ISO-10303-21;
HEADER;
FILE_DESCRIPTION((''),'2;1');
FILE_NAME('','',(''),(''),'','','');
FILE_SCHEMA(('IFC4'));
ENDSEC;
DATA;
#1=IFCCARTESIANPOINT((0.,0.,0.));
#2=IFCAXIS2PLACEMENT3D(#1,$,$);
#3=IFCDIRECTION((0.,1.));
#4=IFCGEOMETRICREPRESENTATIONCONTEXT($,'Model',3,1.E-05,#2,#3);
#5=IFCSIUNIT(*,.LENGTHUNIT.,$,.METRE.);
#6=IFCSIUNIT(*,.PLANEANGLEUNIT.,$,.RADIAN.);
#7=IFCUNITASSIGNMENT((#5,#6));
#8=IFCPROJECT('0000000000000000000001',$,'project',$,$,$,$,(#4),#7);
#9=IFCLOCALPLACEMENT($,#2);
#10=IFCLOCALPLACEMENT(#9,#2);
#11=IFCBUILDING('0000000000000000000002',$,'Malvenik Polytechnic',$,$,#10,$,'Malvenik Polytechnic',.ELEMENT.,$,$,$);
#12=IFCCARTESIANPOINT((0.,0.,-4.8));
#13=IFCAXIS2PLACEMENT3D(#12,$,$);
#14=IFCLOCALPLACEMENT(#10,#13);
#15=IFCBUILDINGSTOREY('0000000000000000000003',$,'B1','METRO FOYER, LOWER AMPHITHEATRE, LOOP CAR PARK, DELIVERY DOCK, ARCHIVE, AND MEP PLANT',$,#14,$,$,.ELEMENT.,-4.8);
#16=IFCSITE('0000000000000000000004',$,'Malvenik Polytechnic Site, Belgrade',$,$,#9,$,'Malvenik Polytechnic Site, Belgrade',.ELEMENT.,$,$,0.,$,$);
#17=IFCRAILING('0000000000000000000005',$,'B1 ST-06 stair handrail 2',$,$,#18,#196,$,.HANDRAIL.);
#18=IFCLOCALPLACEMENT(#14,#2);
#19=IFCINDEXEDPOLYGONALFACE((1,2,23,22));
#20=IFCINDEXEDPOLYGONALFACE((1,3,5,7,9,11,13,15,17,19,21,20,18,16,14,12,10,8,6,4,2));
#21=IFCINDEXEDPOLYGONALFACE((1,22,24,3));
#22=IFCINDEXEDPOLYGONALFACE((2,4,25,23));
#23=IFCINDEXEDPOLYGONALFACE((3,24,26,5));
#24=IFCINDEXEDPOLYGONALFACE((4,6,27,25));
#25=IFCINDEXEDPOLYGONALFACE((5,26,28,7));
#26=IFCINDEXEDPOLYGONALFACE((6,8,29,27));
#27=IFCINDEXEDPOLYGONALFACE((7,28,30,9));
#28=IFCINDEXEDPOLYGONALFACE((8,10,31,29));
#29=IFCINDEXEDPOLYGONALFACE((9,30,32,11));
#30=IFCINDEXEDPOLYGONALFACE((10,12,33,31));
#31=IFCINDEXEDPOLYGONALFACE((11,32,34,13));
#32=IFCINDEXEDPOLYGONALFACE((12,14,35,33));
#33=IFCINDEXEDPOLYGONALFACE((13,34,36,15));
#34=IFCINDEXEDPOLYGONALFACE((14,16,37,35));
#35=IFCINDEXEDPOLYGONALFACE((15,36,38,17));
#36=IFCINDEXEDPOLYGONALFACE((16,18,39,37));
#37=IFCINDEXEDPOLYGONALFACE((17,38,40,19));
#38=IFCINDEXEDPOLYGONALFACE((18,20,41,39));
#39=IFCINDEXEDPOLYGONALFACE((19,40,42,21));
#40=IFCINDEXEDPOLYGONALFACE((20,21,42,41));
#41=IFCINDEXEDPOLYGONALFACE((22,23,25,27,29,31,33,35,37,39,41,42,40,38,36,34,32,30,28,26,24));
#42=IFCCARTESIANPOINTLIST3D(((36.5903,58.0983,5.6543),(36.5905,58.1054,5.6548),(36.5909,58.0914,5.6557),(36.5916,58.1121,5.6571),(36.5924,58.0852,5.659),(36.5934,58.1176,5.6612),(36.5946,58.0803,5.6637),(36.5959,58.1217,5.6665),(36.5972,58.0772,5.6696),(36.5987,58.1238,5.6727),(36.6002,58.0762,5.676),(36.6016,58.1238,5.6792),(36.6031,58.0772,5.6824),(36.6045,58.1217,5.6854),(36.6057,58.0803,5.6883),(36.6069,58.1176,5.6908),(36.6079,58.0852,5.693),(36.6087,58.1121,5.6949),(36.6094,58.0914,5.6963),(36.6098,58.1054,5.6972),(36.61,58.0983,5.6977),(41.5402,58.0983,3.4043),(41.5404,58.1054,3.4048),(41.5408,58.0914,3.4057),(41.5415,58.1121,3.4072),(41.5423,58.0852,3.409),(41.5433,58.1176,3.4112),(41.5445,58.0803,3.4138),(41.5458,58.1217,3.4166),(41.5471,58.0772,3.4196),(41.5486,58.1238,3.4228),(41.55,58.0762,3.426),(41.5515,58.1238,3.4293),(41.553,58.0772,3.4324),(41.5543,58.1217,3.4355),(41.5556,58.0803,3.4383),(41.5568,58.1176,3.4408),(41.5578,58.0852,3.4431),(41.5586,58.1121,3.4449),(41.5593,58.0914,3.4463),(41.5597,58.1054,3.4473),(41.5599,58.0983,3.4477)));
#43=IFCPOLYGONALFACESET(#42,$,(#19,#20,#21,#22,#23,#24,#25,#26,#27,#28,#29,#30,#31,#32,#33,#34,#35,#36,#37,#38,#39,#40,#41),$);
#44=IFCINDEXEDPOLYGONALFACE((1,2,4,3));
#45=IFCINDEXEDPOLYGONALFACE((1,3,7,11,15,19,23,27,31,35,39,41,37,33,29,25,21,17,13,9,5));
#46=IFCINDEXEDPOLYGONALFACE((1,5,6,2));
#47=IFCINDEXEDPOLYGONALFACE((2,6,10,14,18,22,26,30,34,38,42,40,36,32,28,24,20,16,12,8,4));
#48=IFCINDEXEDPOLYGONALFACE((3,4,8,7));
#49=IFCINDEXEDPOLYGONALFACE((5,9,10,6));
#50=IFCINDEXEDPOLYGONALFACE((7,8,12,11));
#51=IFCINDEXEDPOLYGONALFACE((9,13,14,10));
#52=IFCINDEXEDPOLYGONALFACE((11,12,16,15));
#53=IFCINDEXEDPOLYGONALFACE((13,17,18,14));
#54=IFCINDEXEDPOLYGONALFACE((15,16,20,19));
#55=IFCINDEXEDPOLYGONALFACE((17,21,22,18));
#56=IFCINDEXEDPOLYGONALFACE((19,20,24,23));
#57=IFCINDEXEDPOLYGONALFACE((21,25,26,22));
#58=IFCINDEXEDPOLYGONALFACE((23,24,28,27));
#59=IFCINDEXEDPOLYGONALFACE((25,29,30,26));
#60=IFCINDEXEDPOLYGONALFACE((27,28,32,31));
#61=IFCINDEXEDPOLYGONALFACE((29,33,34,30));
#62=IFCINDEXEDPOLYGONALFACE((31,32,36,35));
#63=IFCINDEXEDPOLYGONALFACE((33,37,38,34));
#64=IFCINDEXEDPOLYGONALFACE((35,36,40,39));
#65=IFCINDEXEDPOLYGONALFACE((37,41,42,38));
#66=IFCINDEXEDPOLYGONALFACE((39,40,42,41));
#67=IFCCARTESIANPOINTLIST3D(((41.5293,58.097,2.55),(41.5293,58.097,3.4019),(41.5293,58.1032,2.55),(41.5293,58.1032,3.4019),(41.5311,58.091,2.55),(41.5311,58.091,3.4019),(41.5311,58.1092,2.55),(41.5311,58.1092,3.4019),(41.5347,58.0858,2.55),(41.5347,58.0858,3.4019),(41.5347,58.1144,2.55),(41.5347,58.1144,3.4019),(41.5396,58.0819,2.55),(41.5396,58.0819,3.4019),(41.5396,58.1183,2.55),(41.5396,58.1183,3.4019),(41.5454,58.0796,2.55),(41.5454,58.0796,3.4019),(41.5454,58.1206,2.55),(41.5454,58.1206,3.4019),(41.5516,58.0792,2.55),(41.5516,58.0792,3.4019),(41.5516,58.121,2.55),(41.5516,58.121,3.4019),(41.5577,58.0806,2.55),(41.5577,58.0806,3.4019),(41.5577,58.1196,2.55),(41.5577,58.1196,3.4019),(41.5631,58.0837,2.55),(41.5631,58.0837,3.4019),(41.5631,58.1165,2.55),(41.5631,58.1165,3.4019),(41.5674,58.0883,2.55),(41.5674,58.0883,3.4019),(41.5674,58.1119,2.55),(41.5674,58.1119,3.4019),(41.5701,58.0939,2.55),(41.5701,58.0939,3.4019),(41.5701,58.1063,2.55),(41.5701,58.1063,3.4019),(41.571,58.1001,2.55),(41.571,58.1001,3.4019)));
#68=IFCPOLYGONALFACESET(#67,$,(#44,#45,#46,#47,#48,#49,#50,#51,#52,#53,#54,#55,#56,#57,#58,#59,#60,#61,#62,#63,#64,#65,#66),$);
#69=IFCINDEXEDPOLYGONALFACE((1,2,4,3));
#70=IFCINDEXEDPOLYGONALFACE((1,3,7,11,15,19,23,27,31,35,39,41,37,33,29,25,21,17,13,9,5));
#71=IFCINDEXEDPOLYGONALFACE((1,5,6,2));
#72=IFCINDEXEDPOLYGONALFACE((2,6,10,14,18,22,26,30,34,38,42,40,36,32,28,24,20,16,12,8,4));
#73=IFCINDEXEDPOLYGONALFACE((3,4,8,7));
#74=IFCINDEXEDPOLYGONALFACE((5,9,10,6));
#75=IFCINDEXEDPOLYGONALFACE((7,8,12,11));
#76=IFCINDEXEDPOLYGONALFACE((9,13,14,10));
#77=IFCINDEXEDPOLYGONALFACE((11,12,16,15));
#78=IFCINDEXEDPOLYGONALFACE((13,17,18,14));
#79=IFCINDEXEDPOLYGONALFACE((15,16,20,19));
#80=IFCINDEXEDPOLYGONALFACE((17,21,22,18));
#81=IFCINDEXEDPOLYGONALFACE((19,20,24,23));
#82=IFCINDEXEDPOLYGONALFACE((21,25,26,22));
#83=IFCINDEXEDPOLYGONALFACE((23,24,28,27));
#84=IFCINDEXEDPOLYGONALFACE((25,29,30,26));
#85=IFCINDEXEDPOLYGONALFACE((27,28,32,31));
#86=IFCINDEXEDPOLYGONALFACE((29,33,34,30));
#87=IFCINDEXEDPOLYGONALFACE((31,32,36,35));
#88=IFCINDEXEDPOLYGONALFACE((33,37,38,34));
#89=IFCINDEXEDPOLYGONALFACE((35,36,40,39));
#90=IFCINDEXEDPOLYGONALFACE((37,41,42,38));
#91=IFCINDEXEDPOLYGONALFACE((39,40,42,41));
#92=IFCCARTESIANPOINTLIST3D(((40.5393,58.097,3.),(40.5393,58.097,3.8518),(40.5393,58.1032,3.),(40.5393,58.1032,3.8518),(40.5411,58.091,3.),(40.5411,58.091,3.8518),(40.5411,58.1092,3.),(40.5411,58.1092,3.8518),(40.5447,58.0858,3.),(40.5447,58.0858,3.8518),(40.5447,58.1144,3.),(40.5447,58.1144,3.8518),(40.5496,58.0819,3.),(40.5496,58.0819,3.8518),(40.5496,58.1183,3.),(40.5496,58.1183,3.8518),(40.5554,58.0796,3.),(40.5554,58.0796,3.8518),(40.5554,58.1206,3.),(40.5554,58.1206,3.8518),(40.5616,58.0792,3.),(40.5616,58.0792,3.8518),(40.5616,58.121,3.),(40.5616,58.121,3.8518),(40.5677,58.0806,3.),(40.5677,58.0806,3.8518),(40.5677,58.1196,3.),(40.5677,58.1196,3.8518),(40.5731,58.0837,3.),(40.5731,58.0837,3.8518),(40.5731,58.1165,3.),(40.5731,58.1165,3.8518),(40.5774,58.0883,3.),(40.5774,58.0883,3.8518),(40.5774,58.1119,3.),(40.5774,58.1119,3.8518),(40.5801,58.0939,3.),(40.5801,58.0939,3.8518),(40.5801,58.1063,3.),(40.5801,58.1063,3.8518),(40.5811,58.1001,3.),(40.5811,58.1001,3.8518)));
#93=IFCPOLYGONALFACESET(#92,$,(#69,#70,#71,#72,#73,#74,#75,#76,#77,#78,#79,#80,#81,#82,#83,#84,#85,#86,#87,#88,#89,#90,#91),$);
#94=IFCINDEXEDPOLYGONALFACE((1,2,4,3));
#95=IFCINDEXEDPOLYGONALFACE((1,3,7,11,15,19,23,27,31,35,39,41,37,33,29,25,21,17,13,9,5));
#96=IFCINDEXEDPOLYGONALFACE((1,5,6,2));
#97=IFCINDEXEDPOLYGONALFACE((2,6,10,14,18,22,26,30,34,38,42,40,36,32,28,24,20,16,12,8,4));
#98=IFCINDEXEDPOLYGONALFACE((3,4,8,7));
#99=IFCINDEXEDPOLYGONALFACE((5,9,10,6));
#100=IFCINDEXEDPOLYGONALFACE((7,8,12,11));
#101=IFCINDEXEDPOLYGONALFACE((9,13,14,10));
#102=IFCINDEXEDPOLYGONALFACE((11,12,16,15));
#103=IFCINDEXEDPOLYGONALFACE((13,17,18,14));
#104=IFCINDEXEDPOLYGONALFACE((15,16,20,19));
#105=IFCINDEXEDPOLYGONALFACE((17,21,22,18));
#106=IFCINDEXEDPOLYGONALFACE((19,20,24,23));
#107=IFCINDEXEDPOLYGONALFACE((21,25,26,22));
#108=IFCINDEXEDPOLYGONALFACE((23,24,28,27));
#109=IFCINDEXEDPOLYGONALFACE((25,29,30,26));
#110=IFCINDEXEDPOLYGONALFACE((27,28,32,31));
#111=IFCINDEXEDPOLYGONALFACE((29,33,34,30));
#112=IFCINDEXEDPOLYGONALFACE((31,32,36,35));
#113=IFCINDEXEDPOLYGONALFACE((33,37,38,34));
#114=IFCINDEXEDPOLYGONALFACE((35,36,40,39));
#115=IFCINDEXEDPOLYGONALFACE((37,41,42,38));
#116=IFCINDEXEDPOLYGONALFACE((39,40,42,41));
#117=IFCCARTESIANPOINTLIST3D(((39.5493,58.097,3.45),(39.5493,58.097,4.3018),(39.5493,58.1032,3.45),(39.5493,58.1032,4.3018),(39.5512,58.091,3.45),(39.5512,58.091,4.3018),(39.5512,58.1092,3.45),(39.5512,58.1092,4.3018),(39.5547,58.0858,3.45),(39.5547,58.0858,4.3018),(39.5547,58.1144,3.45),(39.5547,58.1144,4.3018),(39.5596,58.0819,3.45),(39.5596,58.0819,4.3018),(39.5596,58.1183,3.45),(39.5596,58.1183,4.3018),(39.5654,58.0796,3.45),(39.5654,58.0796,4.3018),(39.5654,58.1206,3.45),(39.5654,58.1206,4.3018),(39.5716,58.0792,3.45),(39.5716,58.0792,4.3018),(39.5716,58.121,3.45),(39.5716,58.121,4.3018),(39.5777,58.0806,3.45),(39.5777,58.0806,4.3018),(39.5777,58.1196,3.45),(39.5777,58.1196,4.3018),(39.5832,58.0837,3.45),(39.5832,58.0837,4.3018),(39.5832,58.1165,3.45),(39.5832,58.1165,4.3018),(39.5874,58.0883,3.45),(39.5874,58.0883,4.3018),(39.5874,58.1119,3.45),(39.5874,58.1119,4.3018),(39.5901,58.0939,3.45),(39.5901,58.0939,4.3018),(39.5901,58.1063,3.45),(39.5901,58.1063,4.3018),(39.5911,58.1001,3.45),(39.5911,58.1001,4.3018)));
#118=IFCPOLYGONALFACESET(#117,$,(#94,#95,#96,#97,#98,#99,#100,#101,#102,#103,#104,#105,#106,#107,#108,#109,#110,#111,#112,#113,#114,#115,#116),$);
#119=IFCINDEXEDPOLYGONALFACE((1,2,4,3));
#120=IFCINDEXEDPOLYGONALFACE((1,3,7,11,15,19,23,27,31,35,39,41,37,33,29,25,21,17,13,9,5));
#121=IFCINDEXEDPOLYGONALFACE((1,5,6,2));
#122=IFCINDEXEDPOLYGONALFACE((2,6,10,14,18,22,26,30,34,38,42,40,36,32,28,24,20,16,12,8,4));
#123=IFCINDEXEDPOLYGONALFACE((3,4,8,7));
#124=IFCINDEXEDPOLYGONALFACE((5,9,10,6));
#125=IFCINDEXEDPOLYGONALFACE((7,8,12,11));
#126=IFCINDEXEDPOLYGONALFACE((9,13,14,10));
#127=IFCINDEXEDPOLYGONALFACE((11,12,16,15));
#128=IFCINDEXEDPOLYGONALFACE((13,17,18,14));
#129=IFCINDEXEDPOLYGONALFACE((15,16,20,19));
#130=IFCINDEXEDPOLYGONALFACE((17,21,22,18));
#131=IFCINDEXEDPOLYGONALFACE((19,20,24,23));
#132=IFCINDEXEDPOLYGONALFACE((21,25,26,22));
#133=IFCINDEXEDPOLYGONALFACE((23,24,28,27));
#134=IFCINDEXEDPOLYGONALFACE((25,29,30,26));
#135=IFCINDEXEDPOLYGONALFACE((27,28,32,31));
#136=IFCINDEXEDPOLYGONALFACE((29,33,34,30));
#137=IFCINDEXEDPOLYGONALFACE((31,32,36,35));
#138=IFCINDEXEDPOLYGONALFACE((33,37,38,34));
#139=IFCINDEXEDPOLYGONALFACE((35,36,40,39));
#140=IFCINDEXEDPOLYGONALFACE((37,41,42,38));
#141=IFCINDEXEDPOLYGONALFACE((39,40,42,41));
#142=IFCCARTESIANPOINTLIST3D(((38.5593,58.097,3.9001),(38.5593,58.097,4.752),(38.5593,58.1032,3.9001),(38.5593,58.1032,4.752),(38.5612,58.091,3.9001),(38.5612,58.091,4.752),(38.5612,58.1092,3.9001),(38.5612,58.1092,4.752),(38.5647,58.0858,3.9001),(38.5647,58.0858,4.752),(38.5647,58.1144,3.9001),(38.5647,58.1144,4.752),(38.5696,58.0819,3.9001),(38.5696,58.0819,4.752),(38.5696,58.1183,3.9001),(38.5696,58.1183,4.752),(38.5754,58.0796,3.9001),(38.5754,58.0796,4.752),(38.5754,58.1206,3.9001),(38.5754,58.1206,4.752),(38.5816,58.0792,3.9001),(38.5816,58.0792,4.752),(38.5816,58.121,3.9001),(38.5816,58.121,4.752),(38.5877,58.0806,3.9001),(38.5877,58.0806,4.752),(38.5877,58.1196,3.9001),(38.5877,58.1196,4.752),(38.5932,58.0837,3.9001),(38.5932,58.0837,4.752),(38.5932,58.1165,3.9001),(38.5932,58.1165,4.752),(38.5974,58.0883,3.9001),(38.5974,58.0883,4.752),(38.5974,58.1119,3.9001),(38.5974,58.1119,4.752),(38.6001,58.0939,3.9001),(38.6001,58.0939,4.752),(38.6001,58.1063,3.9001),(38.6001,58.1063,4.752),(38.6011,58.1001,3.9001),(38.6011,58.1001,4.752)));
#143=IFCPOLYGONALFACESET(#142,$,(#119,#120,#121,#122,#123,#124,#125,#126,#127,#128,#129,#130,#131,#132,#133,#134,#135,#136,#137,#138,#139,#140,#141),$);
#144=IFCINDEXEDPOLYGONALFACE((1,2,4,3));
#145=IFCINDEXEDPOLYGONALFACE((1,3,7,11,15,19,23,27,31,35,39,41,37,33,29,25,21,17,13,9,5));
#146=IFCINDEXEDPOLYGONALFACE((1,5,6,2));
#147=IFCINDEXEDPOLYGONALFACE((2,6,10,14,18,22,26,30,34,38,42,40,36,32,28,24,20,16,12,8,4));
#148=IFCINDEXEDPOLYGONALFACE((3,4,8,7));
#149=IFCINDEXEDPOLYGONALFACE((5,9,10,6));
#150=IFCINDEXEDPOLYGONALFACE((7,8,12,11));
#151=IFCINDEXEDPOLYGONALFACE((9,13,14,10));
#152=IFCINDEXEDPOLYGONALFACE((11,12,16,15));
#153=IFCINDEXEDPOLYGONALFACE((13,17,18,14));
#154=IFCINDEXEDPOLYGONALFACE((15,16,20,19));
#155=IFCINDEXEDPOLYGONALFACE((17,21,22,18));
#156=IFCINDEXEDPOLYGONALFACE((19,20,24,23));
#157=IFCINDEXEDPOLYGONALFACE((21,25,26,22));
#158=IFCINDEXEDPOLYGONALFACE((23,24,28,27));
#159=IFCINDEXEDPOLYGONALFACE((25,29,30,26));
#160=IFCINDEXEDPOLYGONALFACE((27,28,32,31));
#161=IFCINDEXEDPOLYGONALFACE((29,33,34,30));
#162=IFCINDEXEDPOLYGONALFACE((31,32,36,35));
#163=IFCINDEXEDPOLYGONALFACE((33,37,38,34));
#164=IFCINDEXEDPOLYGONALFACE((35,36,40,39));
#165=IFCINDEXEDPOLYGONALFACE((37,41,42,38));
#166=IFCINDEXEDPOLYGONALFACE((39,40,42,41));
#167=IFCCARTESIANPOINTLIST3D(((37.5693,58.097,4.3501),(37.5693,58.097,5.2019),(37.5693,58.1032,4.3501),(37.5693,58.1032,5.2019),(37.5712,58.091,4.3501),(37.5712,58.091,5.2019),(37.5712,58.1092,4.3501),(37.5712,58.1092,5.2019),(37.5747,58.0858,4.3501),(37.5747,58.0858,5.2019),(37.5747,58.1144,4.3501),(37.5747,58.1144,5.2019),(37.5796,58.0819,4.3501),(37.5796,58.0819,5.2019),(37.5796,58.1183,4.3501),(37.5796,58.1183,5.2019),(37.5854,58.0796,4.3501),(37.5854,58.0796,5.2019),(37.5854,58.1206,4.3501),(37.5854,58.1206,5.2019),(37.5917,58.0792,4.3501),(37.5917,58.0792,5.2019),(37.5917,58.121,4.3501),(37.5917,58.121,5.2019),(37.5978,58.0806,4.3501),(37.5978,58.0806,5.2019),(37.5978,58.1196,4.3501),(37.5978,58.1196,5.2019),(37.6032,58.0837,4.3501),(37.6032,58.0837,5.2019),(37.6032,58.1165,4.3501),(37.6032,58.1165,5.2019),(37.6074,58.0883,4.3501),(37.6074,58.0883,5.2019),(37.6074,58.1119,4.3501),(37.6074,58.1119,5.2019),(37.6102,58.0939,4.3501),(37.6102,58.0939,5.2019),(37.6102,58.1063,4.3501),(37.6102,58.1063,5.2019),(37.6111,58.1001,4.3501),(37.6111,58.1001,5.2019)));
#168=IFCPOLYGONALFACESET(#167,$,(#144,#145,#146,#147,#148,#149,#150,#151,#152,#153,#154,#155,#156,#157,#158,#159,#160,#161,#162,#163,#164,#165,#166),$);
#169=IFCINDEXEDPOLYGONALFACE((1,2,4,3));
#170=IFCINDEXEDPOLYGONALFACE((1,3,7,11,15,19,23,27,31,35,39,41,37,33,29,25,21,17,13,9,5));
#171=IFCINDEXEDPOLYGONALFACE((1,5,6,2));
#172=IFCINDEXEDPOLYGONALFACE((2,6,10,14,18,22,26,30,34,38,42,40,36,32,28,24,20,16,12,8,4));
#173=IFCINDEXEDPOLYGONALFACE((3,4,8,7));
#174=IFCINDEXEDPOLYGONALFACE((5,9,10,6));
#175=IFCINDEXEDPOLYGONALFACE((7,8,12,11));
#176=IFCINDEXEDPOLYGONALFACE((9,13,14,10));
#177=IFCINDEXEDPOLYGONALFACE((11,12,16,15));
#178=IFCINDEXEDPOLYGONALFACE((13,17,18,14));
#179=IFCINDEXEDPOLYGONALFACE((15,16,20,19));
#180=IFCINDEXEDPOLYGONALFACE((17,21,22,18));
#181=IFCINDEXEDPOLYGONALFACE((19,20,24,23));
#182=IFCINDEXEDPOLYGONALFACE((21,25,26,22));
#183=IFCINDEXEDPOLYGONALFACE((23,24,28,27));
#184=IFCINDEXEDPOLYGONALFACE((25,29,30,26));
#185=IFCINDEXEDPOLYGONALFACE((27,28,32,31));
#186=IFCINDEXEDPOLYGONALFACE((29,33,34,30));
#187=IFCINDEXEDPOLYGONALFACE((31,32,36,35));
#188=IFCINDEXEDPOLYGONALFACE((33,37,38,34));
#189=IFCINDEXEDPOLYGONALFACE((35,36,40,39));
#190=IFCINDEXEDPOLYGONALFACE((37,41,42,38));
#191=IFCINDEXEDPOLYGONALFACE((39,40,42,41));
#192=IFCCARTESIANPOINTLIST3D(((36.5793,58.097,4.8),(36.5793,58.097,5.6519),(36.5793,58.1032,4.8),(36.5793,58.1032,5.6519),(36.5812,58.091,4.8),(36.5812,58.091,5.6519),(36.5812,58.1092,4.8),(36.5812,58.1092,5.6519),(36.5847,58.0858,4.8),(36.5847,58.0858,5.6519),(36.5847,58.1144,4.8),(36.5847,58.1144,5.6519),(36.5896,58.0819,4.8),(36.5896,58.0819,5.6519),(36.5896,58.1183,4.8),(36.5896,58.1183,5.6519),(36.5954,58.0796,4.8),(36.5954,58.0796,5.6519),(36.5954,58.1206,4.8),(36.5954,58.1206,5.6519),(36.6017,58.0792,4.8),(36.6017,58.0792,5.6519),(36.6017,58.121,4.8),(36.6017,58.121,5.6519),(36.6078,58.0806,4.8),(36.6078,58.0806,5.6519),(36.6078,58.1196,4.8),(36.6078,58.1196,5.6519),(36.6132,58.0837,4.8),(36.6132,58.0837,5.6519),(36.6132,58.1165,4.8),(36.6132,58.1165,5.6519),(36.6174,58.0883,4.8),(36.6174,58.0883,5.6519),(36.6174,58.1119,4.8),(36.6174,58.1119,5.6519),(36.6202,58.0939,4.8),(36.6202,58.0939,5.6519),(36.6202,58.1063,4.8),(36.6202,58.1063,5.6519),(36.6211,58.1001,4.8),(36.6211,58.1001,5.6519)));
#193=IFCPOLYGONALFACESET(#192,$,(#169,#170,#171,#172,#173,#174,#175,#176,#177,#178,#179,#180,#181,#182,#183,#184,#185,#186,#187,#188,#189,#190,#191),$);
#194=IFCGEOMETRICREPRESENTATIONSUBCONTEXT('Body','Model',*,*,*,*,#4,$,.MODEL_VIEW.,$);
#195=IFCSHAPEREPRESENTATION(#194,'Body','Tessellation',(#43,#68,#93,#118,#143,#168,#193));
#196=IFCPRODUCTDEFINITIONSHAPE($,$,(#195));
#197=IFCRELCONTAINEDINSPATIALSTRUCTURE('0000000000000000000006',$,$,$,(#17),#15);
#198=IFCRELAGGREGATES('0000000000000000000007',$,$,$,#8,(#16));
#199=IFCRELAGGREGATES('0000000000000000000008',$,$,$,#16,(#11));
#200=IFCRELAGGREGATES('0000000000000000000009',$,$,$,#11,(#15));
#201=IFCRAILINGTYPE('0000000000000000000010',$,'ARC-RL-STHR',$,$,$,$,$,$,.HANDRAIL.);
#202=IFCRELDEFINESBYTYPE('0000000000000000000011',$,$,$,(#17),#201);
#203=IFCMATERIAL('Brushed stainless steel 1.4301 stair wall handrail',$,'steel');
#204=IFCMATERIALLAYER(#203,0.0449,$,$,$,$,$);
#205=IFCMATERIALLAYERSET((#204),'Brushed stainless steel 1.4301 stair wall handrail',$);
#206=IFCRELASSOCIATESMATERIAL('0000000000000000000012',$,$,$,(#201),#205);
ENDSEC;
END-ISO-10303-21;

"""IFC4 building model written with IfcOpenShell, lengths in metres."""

from ifc_helpers import new_model, si_unit, direction, frame, origin, origin_2d, place, context, subcontext, project, spatial, circle, extrude, material, layer, layer_set, type_object, element, save


model = new_model("IFC4")

# Units and contexts
model_context = context("Model", 3, precision=1e-05, world=origin(), true_north=direction((0.0, 1.0)))
body_context = subcontext(model_context, "Body", "Model", "MODEL_VIEW")
ifc_project = project(units=[si_unit("LENGTHUNIT", "METRE"), si_unit("PLANEANGLEUNIT", "RADIAN")], contexts=[model_context])

# Site, building, storey
site_placement = place(None, origin())
site = spatial("IfcSite", under=ifc_project, at=site_placement, Name="Malvenik Polytechnic Site, Belgrade", LongName="Malvenik Polytechnic Site, Belgrade", CompositionType="ELEMENT", RefElevation=0.0)
building_placement = place(site_placement, origin())
building = spatial("IfcBuilding", under=site, at=building_placement, Name="Malvenik Polytechnic", LongName="Malvenik Polytechnic", CompositionType="ELEMENT")
storey_placement = place(building_placement, frame((0.0, 0.0, -4.8)))
storey = spatial("IfcBuildingStorey", under=building, at=storey_placement, Name="B1", Description="METRO FOYER, LOWER AMPHITHEATRE, LOOP CAR PARK, DELIVERY DOCK, ARCHIVE, AND MEP PLANT", CompositionType="ELEMENT", Elevation=-4.8)

# Railing
ifc_material_1 = material(Name="Brushed stainless steel 1.4301 stair wall handrail", Category="steel")
ifc_layer_1 = layer(ifc_material_1, 0.0449)
ifc_layer_set_1 = layer_set([ifc_layer_1], Name="Brushed stainless steel 1.4301 stair wall handrail")
railing_type = type_object("IfcRailingType", Name="ARC-RL-STHR", PredefinedType="HANDRAIL", material=ifc_layer_set_1)
railing_placement = place(storey_placement, frame((41.55, 58.1001, 2.55)))
element("IfcRailing", 1, at=railing_placement, inside=storey, type_object=railing_type, Name="B1 ST-06 stair handrail 2", PredefinedType="HANDRAIL", context=body_context, shape_type="SweptSolid", body=[
    extrude(circle(Radius=0.0239, at=origin_2d()), frame((0.0, 0.0, 0.876), z_axis=(-0.910365, 0.0, 0.413806), x_axis=(0.0, -1.0, 0.0)), (0.0, 0.0, 1.0), 5.4373),
    extrude(circle(Radius=0.021, at=origin_2d()), origin(), (0.0, 0.0, 1.0), 0.8518),
    extrude(circle(Radius=0.021, at=origin_2d()), frame((-0.99, 0.0, 0.45)), (0.0, 0.0, 1.0), 0.8518),
    extrude(circle(Radius=0.021, at=origin_2d()), frame((-1.98, 0.0, 0.8999)), (0.0, 0.0, 1.0), 0.8518),
    extrude(circle(Radius=0.021, at=origin_2d()), frame((-2.97, 0.0, 1.3501)), (0.0, 0.0, 1.0), 0.8518),
    extrude(circle(Radius=0.021, at=origin_2d()), frame((-3.96, 0.0, 1.8)), (0.0, 0.0, 1.0), 0.8518),
    extrude(circle(Radius=0.021, at=origin_2d()), frame((-4.95, 0.0, 2.25)), (0.0, 0.0, 1.0), 0.8518),
])

save(model, "model.ifc")
